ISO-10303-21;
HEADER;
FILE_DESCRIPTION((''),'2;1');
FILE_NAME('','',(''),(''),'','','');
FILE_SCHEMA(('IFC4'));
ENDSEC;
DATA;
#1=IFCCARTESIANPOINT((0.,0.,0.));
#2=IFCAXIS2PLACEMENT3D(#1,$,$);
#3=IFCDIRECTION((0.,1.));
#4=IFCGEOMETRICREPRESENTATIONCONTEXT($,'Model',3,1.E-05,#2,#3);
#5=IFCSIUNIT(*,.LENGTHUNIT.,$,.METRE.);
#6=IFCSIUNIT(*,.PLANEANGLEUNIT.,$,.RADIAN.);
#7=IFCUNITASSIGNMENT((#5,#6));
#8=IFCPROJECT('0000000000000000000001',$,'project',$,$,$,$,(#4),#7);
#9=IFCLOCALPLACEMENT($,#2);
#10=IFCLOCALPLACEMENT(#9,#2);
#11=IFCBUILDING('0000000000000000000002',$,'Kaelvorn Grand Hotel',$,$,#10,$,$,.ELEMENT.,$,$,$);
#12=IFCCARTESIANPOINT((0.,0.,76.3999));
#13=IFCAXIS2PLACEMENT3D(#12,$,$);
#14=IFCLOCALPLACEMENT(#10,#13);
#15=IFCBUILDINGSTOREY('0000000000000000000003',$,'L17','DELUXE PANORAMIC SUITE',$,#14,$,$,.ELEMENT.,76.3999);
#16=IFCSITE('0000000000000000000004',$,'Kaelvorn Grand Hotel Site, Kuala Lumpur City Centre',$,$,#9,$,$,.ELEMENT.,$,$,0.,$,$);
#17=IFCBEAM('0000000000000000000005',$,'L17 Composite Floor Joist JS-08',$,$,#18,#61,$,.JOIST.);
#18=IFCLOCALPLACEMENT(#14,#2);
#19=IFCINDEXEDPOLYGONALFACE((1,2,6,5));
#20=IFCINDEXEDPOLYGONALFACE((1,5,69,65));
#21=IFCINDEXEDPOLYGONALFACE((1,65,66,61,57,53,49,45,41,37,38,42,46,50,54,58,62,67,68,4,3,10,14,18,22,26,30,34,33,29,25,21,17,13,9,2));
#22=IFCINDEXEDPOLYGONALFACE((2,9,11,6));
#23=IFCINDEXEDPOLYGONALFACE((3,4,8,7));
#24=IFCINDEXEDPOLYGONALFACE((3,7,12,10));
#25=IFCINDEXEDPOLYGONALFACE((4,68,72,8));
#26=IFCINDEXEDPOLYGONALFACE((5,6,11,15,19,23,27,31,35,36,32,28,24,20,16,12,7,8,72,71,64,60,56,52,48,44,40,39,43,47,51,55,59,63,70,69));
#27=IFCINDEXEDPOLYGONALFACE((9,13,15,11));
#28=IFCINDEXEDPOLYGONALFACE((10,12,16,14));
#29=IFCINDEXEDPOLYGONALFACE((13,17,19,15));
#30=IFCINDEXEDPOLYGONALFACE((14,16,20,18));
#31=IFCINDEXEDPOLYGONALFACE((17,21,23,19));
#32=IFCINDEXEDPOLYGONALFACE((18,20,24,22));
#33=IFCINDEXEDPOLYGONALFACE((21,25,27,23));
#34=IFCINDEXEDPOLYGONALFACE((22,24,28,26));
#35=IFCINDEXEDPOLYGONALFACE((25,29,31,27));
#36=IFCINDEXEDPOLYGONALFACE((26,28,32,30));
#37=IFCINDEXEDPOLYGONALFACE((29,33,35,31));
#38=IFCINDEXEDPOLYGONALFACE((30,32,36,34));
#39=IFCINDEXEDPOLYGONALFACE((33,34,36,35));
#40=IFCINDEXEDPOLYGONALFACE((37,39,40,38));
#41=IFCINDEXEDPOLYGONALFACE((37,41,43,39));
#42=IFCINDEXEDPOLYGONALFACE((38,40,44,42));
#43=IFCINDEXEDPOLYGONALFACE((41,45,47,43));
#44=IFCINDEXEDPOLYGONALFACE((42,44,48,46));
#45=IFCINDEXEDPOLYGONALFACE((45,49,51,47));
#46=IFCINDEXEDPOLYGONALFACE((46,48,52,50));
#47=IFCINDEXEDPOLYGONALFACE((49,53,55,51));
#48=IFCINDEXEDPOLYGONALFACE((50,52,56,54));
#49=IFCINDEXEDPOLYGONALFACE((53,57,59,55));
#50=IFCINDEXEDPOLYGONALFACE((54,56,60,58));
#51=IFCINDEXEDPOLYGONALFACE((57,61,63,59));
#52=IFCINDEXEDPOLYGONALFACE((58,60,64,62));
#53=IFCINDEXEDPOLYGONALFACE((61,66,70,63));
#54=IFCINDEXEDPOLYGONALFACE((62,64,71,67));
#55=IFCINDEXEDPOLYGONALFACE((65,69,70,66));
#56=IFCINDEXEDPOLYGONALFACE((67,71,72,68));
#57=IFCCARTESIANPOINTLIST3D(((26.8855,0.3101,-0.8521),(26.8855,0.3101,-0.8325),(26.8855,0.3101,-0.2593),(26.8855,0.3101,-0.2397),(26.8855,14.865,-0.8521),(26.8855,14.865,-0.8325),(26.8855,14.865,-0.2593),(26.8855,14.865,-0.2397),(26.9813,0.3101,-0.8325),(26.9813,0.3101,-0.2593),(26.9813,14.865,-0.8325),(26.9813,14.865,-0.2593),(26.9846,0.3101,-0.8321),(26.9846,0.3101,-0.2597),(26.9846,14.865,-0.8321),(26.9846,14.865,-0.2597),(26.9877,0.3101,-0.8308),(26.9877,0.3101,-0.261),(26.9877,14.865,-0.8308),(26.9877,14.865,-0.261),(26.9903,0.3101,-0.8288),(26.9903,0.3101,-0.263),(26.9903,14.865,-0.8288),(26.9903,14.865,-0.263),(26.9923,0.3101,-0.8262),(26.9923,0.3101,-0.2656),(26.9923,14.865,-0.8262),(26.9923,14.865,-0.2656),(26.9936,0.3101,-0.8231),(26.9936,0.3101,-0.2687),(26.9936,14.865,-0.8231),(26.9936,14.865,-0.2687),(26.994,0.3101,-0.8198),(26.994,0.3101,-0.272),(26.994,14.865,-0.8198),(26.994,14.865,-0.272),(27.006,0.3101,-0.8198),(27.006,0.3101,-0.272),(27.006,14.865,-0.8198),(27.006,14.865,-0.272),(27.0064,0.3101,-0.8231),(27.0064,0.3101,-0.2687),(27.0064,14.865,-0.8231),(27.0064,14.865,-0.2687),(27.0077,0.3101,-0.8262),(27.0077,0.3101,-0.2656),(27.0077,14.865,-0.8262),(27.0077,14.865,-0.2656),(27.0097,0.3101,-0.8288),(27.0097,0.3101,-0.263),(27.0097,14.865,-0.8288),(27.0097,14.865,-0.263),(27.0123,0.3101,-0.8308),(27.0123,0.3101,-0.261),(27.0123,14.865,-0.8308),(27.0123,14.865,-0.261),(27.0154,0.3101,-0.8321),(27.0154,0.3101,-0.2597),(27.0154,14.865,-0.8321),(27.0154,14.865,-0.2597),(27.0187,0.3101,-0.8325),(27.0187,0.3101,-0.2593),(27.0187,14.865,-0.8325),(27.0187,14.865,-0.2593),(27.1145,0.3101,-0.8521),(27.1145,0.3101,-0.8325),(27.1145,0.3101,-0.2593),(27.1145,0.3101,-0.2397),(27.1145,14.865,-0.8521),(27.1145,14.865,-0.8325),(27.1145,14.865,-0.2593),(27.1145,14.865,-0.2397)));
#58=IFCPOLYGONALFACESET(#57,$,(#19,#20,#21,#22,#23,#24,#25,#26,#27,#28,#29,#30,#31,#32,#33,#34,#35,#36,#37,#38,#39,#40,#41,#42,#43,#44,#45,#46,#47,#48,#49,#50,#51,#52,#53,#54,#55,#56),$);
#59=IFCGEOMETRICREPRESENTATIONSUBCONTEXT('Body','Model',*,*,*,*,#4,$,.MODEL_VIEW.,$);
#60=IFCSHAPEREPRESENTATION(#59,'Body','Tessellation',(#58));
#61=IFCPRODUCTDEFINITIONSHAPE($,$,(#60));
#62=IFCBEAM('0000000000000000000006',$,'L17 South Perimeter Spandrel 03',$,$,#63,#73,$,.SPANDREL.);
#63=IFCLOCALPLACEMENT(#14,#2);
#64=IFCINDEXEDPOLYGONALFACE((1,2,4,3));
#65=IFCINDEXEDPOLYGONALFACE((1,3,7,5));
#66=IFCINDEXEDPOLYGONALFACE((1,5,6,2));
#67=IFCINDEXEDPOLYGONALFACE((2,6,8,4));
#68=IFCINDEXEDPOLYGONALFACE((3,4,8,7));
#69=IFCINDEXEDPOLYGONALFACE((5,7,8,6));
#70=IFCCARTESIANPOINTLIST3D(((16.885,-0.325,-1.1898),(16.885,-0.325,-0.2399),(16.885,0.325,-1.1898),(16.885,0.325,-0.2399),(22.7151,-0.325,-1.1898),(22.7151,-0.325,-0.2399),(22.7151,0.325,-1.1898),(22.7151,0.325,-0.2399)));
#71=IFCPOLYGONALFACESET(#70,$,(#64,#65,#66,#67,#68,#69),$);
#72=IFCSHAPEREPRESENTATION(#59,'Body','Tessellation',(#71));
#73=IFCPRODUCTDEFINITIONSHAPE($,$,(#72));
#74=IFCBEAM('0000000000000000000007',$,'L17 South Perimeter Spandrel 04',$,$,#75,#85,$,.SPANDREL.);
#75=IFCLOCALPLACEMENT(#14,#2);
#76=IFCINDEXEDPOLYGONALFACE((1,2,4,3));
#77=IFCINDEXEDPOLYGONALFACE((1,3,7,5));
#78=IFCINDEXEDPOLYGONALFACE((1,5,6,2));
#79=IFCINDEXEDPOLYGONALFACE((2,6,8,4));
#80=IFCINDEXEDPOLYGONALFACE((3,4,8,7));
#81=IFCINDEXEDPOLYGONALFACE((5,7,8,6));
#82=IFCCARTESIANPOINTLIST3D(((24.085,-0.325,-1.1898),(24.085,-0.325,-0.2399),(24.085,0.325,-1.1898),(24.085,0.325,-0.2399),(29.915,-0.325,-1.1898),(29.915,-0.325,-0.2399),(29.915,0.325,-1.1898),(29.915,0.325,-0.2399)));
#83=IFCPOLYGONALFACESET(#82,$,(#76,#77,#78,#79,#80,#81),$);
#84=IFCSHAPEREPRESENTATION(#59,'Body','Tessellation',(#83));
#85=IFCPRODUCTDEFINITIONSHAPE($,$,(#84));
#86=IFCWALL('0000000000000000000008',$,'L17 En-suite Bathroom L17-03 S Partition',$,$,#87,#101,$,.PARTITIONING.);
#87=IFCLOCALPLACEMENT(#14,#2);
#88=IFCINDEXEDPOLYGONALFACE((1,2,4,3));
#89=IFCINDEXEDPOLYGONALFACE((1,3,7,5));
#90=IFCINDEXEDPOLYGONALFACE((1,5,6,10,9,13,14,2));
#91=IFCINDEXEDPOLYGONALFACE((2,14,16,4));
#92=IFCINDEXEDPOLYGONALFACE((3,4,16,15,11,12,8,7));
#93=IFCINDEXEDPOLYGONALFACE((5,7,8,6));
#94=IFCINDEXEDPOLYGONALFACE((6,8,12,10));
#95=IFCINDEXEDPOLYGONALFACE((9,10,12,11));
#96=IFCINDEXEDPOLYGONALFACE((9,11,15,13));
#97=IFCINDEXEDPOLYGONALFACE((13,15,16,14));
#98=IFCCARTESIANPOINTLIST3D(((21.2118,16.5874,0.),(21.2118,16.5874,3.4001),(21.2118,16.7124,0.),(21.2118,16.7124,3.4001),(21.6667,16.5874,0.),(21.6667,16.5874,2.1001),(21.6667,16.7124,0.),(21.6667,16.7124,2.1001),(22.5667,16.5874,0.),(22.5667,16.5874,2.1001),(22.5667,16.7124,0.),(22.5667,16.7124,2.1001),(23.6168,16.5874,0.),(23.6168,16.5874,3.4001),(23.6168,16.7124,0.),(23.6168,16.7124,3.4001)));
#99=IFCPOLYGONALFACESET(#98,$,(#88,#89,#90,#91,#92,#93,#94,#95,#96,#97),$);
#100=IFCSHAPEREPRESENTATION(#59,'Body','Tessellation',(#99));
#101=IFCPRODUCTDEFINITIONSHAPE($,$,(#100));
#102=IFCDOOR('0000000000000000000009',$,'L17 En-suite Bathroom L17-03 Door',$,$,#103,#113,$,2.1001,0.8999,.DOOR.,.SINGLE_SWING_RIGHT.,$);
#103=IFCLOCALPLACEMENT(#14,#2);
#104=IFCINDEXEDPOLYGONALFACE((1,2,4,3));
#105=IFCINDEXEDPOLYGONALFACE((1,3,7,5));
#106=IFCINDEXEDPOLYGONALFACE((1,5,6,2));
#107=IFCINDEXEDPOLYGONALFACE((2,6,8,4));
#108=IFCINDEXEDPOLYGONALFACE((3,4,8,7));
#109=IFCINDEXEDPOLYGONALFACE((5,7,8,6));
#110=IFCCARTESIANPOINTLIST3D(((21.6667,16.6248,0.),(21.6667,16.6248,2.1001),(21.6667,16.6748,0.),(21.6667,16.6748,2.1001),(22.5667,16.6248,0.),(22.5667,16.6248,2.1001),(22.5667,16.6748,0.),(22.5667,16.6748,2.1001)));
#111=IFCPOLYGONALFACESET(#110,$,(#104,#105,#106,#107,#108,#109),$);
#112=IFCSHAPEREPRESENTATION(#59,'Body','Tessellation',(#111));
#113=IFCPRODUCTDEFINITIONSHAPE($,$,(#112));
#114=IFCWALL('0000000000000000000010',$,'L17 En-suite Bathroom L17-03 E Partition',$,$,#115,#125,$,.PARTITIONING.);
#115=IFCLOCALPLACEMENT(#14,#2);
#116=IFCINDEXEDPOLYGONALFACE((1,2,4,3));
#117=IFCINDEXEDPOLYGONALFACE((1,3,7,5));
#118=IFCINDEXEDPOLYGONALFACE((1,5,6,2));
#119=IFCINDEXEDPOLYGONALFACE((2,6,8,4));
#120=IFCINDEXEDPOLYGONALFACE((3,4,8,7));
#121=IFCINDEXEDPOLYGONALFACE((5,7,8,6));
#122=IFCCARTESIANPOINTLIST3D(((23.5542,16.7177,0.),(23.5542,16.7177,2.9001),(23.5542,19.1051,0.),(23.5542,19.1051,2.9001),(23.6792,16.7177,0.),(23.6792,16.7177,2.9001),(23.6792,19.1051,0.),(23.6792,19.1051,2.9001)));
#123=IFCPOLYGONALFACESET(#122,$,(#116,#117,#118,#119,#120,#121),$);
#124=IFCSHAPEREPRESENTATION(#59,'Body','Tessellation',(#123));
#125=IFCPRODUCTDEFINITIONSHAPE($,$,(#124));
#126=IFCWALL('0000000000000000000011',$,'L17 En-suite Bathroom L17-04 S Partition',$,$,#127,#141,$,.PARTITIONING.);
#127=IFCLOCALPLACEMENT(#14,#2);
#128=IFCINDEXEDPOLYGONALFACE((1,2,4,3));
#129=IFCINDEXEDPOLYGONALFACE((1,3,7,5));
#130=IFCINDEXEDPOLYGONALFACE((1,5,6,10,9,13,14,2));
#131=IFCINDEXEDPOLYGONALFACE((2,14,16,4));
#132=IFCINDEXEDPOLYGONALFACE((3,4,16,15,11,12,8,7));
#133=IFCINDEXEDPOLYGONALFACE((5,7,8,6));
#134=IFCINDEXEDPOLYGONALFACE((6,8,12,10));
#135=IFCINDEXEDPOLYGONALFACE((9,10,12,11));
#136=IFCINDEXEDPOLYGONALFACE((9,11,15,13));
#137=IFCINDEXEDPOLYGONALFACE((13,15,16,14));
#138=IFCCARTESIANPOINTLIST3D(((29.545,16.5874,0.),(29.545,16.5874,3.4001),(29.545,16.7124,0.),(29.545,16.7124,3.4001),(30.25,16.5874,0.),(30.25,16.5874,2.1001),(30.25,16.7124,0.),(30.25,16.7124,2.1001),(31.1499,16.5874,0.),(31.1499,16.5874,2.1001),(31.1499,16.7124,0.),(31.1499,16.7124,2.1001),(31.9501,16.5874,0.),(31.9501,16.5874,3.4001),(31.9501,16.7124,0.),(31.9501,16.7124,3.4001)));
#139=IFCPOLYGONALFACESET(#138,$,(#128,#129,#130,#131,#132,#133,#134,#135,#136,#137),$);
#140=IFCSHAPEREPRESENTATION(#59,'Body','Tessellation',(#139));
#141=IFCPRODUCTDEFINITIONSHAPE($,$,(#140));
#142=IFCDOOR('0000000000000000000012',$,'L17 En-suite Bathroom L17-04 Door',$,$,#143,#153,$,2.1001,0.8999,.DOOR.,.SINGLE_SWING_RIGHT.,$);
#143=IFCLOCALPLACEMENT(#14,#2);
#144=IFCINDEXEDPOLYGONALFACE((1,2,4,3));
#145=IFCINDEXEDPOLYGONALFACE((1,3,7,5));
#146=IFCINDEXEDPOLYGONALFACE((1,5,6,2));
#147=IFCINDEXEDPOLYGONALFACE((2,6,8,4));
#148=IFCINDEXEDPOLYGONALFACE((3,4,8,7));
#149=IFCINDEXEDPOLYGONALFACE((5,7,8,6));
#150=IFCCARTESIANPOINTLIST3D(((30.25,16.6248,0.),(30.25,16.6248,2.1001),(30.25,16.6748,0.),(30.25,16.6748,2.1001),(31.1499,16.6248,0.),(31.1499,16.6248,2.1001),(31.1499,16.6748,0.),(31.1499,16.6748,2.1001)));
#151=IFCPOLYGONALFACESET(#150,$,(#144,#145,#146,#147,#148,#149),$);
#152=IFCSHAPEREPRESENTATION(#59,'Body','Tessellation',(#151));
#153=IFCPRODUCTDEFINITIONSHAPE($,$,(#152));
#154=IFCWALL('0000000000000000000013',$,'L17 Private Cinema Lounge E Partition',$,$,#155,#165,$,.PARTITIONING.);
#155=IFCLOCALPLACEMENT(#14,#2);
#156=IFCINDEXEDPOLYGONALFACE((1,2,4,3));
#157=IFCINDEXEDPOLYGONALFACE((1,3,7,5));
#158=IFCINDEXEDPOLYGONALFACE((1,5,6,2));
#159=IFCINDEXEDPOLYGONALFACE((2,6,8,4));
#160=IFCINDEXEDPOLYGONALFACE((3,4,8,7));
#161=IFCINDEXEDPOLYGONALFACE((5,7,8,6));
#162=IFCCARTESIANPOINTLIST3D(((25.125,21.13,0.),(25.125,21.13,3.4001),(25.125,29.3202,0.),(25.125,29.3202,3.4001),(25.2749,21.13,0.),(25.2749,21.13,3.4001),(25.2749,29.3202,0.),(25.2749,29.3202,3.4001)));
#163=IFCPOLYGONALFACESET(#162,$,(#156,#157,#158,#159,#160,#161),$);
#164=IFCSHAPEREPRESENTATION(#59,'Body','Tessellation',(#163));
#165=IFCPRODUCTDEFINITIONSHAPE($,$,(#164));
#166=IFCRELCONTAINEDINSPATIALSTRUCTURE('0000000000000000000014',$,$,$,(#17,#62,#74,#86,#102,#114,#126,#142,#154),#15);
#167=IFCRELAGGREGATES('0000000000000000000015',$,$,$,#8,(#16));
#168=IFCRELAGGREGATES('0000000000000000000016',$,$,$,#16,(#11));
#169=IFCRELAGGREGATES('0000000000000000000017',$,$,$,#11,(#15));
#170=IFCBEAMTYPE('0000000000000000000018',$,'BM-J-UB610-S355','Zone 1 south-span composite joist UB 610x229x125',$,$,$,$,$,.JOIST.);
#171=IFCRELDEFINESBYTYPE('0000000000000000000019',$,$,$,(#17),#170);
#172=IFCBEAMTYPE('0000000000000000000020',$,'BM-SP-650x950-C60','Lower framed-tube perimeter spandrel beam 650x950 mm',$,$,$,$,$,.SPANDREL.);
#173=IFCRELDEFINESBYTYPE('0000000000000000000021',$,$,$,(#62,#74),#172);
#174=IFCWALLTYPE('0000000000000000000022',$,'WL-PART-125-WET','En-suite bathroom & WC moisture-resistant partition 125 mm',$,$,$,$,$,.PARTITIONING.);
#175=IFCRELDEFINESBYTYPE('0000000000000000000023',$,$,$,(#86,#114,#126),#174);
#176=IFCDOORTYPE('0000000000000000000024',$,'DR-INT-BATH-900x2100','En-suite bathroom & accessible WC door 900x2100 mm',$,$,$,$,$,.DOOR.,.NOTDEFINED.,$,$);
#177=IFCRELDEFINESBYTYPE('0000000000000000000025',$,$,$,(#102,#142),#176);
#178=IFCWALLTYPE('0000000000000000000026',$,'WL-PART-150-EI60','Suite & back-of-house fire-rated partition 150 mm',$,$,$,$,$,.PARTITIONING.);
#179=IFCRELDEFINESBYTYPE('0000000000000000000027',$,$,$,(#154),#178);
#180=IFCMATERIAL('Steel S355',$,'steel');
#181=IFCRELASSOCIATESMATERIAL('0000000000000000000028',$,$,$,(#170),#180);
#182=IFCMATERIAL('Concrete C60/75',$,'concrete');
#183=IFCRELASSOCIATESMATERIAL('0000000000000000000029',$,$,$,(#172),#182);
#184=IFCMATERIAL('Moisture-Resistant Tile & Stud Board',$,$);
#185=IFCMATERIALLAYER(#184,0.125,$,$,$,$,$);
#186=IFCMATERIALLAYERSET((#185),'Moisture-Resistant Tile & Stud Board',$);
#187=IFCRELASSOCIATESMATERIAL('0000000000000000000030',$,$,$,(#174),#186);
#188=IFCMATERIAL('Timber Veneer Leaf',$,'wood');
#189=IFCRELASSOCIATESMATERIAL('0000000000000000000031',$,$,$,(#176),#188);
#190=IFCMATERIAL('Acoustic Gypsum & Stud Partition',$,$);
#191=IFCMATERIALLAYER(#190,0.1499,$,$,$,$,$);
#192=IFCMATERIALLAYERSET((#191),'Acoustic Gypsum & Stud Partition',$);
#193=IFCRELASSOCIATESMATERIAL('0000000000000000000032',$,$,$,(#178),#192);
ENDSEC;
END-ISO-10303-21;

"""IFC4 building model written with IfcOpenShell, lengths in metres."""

from ifc_helpers import new_model, si_unit, direction, frame, frame_2d, origin, origin_2d, place, context, subcontext, project, spatial, rectangle, i_section, extrude, material, layer, layer_set, material_profile, profile_set, type_object, element, fill, save


model = new_model("IFC4")

# Units and contexts
model_context = context("Model", 3, precision=1e-05, world=origin(), true_north=direction((0.0, 1.0)))
body_context = subcontext(model_context, "Body", "Model", "MODEL_VIEW")
ifc_project = project(units=[si_unit("LENGTHUNIT", "METRE"), si_unit("PLANEANGLEUNIT", "RADIAN")], contexts=[model_context])

# Site, building, storey
site_placement = place(None, origin())
site = spatial("IfcSite", under=ifc_project, at=site_placement, Name="Kaelvorn Grand Hotel Site, Kuala Lumpur City Centre", CompositionType="ELEMENT", RefElevation=0.0)
building_placement = place(site_placement, origin())
building = spatial("IfcBuilding", under=site, at=building_placement, Name="Kaelvorn Grand Hotel", CompositionType="ELEMENT")
storey_placement = place(building_placement, frame((0.0, 0.0, 76.3999)))
storey = spatial("IfcBuildingStorey", under=building, at=storey_placement, Name="L17", Description="DELUXE PANORAMIC SUITE", CompositionType="ELEMENT", Elevation=76.3999)

# Beams
ifc_material_1 = material(Name="Steel S355", Category="steel")
ifc_material_profile_1 = material_profile(ifc_material_1, i_section(OverallWidth=0.229, OverallDepth=0.6123, WebThickness=0.012, FlangeThickness=0.0195, FilletRadius=0.0127, at=origin_2d()), Name="UB 610x229x125")
ifc_profile_set_1 = profile_set([ifc_material_profile_1], Name="Steel S355")
beam_type_1 = type_object("IfcBeamType", Name="BM-J-UB610-S355", Description="Zone 1 south-span composite joist UB 610x229x125", PredefinedType="JOIST", material=ifc_profile_set_1)
beam_1_placement = place(storey_placement, frame((27.0, 0.3101, -0.5459), z_axis=(0.0, 1.0, 0.0), x_axis=(-1.0, 0.0, 0.0)))
element("IfcBeam", 1, at=beam_1_placement, inside=storey, type_object=beam_type_1, Name="L17 Composite Floor Joist JS-08", PredefinedType="JOIST", context=body_context, shape_type="SweptSolid", body=[
    extrude(i_section(OverallWidth=0.229, OverallDepth=0.6123, WebThickness=0.012, FlangeThickness=0.0195, FilletRadius=0.0127, at=origin_2d()), origin(), (0.0, 0.0, 1.0), 14.5549),
])
ifc_material_2 = material(Name="Concrete C60/75", Category="concrete")
ifc_material_profile_2 = material_profile(ifc_material_2, rectangle(XDim=0.6499, YDim=0.95, at=origin_2d()), Name="RC SPANDREL 650x950")
ifc_profile_set_2 = profile_set([ifc_material_profile_2], Name="Concrete C60/75")
beam_type_2 = type_object("IfcBeamType", Name="BM-SP-650x950-C60", Description="Lower framed-tube perimeter spandrel beam 650x950 mm", PredefinedType="SPANDREL", material=ifc_profile_set_2)
for number, where, z_axis, x_axis, name in (
    (2, (16.885, 0.0, -0.7148), (1.0, 0.0, 0.0), (0.0, 1.0, 0.0), "L17 South Perimeter Spandrel 03"),
    (3, (24.085, 0.0, -0.7148), (1.0, 0.0, 0.0), (0.0, 1.0, 0.0), "L17 South Perimeter Spandrel 04"),
):
    element("IfcBeam", number, at=place(storey_placement, frame(where, z_axis=z_axis, x_axis=x_axis)), inside=storey, type_object=beam_type_2, Name=name, PredefinedType="SPANDREL", context=body_context, shape_type="SweptSolid", body=[
        extrude(rectangle(XDim=0.6499, YDim=0.95, at=origin_2d()), origin(), (0.0, 0.0, 1.0), 5.8301),
    ])

# Wall, opening, door
ifc_material_3 = material(Name="Moisture-Resistant Tile & Stud Board")
ifc_layer_1 = layer(ifc_material_3, 0.125)
ifc_layer_set_1 = layer_set([ifc_layer_1], Name="Moisture-Resistant Tile & Stud Board")
wall_type_1 = type_object("IfcWallType", Name="WL-PART-125-WET", Description="En-suite bathroom & WC moisture-resistant partition 125 mm", PredefinedType="PARTITIONING", material=ifc_layer_set_1)
wall_1_placement = place(storey_placement, frame((21.2117, 16.6499, 0.0), z_axis=(0.0, 0.0, 1.0), x_axis=(1.0, 0.0, 0.0)))
wall_1 = element("IfcWall", 4, at=wall_1_placement, inside=storey, type_object=wall_type_1, Name="L17 En-suite Bathroom L17-03 S Partition", PredefinedType="PARTITIONING", context=body_context, shape_type="SweptSolid", body=[
    extrude(rectangle(XDim=2.405, YDim=0.125, at=frame_2d((1.2026, 0.0))), origin(), (0.0, 0.0, 1.0), 3.4001),
])
opening_1_placement = place(wall_1_placement, frame((0.4551, 0.0, 0.0)))
opening_1 = element("IfcOpeningElement", 5, at=opening_1_placement, cuts=wall_1, PredefinedType="OPENING", context=body_context, shape_type="SweptSolid", body=[
    extrude(rectangle(XDim=0.8999, YDim=2.1001, at=frame_2d((0.45, 1.05))), frame((0.0, 0.0725, 0.0), z_axis=(0.0, -1.0, 0.0), x_axis=(1.0, 0.0, 0.0)), (0.0, 0.0, 1.0), 0.145),
])
ifc_material_4 = material(Name="Timber Veneer Leaf", Category="wood")
door_type_1 = type_object("IfcDoorType", Name="DR-INT-BATH-900x2100", Description="En-suite bathroom & accessible WC door 900x2100 mm", OperationType="NOTDEFINED", PredefinedType="DOOR", material=ifc_material_4)
door_1_placement = place(opening_1_placement, origin())
door_1 = element("IfcDoor", 6, at=door_1_placement, inside=storey, type_object=door_type_1, Name="L17 En-suite Bathroom L17-03 Door", OperationType="SINGLE_SWING_RIGHT", OverallHeight=2.1001, OverallWidth=0.8999, PredefinedType="DOOR", context=body_context, shape_type="SweptSolid", body=[
    extrude(rectangle(XDim=0.8999, YDim=2.1001, at=frame_2d((0.45, 1.05))), frame((0.0, 0.0249, 0.0), z_axis=(0.0, -1.0, 0.0), x_axis=(1.0, 0.0, 0.0)), (0.0, 0.0, 1.0), 0.05),
])
fill(opening_1, door_1)

# Wall
wall_2_placement = place(storey_placement, frame((23.6167, 16.7175, 0.0), z_axis=(0.0, 0.0, 1.0), x_axis=(0.0, 1.0, 0.0)))
element("IfcWall", 7, at=wall_2_placement, inside=storey, type_object=wall_type_1, Name="L17 En-suite Bathroom L17-03 E Partition", PredefinedType="PARTITIONING", context=body_context, shape_type="SweptSolid", body=[
    extrude(rectangle(XDim=2.3875, YDim=0.125, at=frame_2d((1.1938, 0.0))), origin(), (0.0, 0.0, 1.0), 2.9001),
])

# Wall, opening, door
wall_3_placement = place(storey_placement, frame((29.5449, 16.6499, 0.0), z_axis=(0.0, 0.0, 1.0), x_axis=(1.0, 0.0, 0.0)))
wall_3 = element("IfcWall", 8, at=wall_3_placement, inside=storey, type_object=wall_type_1, Name="L17 En-suite Bathroom L17-04 S Partition", PredefinedType="PARTITIONING", context=body_context, shape_type="SweptSolid", body=[
    extrude(rectangle(XDim=2.405, YDim=0.125, at=frame_2d((1.2026, 0.0))), origin(), (0.0, 0.0, 1.0), 3.4001),
])
opening_2_placement = place(wall_3_placement, frame((0.7051, 0.0, 0.0)))
opening_2 = element("IfcOpeningElement", 9, at=opening_2_placement, cuts=wall_3, PredefinedType="OPENING", context=body_context, shape_type="SweptSolid", body=[
    extrude(rectangle(XDim=0.8999, YDim=2.1001, at=frame_2d((0.45, 1.05))), frame((0.0, 0.0725, 0.0), z_axis=(0.0, -1.0, 0.0), x_axis=(1.0, 0.0, 0.0)), (0.0, 0.0, 1.0), 0.145),
])
door_2_placement = place(opening_2_placement, origin())
door_2 = element("IfcDoor", 10, at=door_2_placement, inside=storey, type_object=door_type_1, Name="L17 En-suite Bathroom L17-04 Door", OperationType="SINGLE_SWING_RIGHT", OverallHeight=2.1001, OverallWidth=0.8999, PredefinedType="DOOR", context=body_context, shape_type="SweptSolid", body=[
    extrude(rectangle(XDim=0.8999, YDim=2.1001, at=frame_2d((0.45, 1.05))), frame((0.0, 0.0249, 0.0), z_axis=(0.0, -1.0, 0.0), x_axis=(1.0, 0.0, 0.0)), (0.0, 0.0, 1.0), 0.05),
])
fill(opening_2, door_2)

# Wall
ifc_material_5 = material(Name="Acoustic Gypsum & Stud Partition")
ifc_layer_2 = layer(ifc_material_5, 0.1499)
ifc_layer_set_2 = layer_set([ifc_layer_2], Name="Acoustic Gypsum & Stud Partition")
wall_type_2 = type_object("IfcWallType", Name="WL-PART-150-EI60", Description="Suite & back-of-house fire-rated partition 150 mm", PredefinedType="PARTITIONING", material=ifc_layer_set_2)
wall_4_placement = place(storey_placement, frame((25.2, 21.1299, 0.0), z_axis=(0.0, 0.0, 1.0), x_axis=(0.0, 1.0, 0.0)))
element("IfcWall", 11, at=wall_4_placement, inside=storey, type_object=wall_type_2, Name="L17 Private Cinema Lounge E Partition", PredefinedType="PARTITIONING", context=body_context, shape_type="SweptSolid", body=[
    extrude(rectangle(XDim=8.1902, YDim=0.1499, at=frame_2d((4.0952, 0.0))), origin(), (0.0, 0.0, 1.0), 3.4001),
])

save(model, "model.ifc")
